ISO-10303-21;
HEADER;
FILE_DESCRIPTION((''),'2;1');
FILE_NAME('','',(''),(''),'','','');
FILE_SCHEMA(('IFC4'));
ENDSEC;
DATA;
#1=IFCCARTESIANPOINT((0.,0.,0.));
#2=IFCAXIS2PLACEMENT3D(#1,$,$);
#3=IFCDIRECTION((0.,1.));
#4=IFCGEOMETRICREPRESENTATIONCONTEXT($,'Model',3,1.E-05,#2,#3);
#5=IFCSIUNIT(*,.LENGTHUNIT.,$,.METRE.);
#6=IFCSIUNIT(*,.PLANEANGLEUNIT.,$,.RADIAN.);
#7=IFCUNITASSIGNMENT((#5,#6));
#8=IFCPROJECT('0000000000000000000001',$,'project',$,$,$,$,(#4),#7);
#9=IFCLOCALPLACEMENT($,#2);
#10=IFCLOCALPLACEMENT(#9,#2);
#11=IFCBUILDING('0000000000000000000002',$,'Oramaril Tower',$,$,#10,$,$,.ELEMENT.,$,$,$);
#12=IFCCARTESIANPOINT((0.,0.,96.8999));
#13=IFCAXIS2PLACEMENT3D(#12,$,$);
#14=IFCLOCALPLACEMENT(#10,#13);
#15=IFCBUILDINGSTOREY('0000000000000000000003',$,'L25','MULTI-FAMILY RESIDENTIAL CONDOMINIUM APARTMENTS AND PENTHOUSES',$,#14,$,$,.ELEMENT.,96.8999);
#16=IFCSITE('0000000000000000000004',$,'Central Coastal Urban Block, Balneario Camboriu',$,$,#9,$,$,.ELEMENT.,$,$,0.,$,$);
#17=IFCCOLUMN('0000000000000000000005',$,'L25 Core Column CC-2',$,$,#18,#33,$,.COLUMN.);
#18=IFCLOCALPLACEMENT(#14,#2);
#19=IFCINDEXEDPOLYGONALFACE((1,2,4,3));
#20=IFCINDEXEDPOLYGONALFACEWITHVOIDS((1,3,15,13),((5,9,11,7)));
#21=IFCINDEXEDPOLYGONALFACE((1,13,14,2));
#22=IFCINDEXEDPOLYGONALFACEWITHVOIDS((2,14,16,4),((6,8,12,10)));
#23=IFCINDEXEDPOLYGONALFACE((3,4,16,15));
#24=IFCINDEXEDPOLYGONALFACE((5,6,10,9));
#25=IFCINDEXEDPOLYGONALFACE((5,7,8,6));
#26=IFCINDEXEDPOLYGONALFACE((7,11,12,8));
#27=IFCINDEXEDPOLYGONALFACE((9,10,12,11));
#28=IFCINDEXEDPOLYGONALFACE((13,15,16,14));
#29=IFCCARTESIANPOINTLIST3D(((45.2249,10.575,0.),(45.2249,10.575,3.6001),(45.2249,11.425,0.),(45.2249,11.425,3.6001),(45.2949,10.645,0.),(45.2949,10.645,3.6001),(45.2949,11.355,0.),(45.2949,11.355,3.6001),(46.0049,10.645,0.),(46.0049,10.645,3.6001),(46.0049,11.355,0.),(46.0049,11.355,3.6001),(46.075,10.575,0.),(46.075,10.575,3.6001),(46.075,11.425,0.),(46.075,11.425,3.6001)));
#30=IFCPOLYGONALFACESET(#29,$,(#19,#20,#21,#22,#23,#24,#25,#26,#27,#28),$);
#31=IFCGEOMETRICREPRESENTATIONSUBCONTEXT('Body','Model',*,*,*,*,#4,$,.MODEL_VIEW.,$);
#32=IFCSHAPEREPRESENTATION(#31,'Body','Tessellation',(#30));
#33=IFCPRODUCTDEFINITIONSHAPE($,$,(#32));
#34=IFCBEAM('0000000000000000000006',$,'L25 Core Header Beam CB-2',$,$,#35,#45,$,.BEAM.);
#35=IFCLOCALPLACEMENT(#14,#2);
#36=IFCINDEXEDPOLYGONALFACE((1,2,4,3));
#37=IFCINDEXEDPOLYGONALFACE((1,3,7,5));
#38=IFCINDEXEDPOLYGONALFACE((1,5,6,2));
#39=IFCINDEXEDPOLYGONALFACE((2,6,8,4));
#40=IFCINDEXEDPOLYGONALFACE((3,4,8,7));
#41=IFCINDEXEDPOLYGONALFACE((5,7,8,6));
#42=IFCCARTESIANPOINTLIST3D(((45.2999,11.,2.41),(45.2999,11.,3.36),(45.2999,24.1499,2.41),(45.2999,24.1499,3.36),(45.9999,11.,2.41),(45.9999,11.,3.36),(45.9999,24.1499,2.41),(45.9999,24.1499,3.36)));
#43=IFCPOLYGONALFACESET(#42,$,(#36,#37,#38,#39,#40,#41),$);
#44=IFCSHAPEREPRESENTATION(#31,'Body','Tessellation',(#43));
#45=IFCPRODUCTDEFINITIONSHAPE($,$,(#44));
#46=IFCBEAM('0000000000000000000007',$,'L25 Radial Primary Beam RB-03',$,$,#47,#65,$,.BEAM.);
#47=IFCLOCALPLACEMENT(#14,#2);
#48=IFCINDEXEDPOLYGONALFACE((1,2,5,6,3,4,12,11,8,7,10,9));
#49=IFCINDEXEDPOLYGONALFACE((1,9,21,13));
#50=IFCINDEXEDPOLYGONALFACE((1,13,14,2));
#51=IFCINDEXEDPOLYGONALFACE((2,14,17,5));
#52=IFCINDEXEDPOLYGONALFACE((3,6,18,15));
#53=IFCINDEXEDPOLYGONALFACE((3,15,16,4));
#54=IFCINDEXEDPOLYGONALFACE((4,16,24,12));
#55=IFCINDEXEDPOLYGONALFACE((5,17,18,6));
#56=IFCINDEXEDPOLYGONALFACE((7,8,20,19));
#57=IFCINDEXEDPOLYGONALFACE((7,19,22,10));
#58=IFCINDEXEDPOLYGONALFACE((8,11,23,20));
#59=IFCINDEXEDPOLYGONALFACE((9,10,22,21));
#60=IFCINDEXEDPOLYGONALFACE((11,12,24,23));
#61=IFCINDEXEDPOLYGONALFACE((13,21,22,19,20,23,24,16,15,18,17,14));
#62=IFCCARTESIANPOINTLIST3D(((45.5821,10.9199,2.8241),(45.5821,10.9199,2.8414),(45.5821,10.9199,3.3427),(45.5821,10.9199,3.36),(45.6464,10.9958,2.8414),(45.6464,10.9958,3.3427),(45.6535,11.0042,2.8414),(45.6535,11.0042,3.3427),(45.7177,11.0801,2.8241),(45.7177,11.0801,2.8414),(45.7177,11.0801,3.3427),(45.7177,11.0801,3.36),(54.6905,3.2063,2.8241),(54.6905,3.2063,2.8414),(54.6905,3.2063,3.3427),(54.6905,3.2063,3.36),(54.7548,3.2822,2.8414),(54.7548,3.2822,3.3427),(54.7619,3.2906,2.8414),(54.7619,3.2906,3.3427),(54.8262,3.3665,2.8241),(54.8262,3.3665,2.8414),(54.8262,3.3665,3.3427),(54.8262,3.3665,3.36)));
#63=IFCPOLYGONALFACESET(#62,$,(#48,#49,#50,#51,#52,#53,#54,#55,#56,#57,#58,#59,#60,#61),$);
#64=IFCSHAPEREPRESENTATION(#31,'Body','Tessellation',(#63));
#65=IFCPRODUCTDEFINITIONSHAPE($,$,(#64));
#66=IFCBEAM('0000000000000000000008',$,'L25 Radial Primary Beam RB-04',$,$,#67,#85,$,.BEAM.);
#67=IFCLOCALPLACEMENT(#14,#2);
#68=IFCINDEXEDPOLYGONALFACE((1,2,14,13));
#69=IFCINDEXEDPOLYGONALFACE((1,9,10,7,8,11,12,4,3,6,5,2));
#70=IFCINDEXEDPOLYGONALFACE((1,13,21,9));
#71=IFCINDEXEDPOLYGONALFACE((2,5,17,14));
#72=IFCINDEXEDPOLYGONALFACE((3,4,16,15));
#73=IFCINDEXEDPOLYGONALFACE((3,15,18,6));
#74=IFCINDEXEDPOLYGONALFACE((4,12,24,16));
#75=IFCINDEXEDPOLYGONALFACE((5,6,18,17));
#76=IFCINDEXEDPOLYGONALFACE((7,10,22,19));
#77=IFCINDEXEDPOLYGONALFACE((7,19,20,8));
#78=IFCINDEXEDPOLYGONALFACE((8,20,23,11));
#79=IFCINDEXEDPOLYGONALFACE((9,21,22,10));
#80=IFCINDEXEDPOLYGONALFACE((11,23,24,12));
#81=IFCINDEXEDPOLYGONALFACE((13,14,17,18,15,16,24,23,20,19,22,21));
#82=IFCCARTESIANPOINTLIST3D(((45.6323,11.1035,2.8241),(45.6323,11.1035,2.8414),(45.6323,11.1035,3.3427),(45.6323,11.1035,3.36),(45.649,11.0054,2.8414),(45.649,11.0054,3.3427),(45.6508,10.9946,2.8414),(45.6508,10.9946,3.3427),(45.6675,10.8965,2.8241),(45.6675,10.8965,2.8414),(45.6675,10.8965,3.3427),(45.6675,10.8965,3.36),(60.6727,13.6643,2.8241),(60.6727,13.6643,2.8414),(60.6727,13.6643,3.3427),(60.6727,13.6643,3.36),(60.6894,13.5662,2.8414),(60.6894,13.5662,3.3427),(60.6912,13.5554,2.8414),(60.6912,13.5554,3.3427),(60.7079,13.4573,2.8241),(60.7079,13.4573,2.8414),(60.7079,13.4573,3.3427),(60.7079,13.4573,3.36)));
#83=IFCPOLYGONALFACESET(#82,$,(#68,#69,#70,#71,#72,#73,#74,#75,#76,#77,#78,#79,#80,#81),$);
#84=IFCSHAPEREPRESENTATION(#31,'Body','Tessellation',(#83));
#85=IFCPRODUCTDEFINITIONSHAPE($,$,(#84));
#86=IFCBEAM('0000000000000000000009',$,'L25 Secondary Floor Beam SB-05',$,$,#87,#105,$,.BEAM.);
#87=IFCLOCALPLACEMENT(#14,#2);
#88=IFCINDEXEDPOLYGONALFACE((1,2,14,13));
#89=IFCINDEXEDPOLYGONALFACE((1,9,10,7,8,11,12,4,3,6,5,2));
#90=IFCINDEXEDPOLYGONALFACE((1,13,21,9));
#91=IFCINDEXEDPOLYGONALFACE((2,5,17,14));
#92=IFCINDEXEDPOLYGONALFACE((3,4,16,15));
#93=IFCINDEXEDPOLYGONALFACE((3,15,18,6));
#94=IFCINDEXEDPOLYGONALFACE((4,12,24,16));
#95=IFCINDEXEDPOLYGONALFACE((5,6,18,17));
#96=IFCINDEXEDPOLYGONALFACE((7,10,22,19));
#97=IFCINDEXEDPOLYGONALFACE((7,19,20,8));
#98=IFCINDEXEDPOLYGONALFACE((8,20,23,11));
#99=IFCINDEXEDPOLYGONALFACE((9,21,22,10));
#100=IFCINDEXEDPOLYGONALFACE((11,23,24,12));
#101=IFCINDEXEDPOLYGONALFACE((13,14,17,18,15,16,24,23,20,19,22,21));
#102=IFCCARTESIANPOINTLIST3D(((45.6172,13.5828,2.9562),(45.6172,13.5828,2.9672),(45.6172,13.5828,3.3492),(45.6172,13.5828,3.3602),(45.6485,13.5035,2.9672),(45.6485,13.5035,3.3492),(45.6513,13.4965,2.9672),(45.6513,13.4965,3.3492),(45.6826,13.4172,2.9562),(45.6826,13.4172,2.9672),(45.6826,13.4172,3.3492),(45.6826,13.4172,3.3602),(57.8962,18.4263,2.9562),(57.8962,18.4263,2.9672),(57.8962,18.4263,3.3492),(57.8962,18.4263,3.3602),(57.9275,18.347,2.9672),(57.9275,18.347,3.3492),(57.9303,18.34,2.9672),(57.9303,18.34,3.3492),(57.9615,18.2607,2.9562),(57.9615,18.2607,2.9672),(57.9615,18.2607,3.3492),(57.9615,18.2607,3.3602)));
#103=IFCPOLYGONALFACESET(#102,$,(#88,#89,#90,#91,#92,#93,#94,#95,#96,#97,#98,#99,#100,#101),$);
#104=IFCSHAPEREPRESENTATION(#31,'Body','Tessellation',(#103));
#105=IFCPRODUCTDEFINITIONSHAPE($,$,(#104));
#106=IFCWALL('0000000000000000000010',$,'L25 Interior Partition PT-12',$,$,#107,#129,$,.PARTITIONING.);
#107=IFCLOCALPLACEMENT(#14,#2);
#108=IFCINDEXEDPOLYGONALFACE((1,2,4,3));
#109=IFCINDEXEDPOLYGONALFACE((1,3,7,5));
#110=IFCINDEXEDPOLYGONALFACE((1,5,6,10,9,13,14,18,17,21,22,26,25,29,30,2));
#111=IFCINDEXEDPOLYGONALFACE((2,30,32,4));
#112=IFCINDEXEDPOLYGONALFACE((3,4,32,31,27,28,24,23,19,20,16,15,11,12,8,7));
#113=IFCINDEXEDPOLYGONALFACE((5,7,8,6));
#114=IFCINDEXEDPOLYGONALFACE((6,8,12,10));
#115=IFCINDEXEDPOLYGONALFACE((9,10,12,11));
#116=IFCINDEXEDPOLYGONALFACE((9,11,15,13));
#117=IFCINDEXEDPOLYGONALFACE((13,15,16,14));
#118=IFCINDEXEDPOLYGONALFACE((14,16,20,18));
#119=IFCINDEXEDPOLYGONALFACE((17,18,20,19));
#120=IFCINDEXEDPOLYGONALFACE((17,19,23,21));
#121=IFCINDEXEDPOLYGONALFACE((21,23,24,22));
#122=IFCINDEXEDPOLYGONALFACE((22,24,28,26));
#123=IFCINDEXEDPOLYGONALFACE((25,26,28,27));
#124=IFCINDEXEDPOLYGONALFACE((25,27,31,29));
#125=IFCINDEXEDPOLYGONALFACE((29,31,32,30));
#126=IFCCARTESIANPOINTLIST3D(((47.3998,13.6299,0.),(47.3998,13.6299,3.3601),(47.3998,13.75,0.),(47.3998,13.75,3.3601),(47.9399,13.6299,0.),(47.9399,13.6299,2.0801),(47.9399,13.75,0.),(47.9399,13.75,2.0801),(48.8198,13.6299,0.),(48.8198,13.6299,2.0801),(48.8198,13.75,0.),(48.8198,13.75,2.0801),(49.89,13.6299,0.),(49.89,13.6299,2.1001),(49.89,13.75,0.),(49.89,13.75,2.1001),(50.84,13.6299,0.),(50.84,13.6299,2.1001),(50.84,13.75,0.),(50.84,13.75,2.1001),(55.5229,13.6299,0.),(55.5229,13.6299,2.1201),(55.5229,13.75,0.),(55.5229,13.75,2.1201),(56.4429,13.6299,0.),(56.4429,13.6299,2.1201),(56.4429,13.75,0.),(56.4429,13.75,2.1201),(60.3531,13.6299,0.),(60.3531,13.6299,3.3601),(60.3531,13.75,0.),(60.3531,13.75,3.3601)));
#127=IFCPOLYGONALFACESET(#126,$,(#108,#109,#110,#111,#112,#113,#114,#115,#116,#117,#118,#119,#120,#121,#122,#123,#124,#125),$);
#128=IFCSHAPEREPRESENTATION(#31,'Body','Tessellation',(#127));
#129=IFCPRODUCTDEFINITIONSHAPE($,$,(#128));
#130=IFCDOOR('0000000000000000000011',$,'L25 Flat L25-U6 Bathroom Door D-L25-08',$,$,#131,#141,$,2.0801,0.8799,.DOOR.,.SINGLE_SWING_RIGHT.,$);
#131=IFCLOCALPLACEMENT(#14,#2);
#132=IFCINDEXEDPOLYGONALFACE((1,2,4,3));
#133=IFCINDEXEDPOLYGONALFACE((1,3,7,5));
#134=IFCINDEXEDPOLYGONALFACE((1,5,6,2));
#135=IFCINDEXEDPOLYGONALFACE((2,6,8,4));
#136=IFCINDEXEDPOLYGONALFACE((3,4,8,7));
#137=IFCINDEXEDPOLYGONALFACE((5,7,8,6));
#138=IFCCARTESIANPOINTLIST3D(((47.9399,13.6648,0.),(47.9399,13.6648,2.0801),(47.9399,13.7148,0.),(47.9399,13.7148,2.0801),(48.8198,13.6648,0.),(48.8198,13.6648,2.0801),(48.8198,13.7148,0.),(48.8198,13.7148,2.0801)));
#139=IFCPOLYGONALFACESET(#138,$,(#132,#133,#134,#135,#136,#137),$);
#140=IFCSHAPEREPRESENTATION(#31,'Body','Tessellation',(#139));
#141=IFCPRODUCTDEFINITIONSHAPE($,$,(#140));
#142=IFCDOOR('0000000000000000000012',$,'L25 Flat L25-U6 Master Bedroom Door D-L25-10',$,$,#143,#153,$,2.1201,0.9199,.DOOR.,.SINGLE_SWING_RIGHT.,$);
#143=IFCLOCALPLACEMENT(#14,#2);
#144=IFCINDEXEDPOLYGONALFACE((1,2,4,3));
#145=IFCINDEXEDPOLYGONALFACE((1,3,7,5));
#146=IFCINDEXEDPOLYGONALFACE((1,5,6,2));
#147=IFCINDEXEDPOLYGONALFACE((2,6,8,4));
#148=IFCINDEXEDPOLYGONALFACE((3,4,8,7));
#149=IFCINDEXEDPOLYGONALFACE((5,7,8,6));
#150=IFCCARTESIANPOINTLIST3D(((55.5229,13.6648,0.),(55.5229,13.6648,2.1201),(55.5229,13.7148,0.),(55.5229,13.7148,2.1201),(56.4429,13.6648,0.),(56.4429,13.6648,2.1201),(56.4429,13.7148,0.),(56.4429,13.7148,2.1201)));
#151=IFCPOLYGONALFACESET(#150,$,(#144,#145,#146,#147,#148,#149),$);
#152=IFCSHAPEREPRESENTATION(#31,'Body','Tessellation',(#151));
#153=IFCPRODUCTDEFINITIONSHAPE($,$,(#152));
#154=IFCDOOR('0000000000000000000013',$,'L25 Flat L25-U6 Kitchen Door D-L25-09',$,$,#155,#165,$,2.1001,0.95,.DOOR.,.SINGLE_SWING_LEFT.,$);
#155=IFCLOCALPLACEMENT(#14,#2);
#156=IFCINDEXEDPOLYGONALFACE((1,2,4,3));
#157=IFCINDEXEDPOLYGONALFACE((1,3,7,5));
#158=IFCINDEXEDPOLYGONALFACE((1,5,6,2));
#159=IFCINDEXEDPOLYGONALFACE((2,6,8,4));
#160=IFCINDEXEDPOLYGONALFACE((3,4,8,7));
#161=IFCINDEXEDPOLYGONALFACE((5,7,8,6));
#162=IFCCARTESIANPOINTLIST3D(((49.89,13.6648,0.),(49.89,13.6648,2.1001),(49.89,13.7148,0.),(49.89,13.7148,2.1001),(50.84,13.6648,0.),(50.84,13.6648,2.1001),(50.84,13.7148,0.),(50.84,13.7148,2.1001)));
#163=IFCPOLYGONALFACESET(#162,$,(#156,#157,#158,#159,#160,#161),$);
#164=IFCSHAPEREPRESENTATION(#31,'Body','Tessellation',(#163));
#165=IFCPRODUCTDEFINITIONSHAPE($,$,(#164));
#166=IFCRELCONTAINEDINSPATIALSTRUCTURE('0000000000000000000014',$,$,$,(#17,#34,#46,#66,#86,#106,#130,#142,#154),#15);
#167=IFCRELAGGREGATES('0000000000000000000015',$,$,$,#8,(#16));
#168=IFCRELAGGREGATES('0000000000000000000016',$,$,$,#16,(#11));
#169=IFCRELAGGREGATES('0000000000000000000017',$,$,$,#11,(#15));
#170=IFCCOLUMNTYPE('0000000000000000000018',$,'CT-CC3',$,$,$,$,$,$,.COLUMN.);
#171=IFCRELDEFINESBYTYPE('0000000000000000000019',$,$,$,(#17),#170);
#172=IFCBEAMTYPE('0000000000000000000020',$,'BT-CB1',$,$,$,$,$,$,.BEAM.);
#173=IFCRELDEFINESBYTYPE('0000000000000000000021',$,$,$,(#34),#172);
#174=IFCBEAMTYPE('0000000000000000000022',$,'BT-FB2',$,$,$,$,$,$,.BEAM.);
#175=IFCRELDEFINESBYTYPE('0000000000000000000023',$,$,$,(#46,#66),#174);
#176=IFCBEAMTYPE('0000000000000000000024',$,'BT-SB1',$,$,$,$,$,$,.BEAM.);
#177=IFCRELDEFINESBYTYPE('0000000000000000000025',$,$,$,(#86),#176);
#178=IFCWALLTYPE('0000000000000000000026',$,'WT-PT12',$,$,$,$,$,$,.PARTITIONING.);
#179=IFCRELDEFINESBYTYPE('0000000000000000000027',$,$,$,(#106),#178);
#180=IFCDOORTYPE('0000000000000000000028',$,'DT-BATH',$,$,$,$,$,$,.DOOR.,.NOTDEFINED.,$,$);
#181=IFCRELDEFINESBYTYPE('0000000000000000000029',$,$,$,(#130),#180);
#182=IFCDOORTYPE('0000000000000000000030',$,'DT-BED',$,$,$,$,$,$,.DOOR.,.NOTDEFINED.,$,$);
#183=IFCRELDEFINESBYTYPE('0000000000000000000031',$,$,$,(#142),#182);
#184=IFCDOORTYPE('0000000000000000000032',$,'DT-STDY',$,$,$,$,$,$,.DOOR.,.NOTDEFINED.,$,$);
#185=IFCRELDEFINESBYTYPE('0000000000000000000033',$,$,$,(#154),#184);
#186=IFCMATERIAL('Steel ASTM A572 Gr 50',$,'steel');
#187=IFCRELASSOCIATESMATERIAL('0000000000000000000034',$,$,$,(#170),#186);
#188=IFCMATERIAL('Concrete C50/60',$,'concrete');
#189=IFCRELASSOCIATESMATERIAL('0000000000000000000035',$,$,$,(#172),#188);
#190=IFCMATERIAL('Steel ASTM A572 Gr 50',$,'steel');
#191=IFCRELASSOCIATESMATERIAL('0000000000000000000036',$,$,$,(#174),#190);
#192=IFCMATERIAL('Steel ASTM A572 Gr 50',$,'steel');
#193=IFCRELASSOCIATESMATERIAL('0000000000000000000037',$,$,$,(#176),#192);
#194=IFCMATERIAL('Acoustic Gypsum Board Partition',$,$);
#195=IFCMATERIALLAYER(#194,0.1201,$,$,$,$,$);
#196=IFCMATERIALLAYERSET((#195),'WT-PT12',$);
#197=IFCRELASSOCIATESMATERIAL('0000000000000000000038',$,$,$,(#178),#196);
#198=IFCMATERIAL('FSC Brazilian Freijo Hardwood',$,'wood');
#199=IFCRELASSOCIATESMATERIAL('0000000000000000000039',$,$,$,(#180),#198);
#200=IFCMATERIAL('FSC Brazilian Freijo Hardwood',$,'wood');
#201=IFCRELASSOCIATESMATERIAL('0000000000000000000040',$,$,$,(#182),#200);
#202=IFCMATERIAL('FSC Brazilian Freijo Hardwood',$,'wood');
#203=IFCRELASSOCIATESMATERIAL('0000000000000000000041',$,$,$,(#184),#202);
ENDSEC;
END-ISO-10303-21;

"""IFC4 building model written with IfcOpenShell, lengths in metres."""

from ifc_helpers import new_model, si_unit, direction, frame, frame_2d, origin, origin_2d, place, context, subcontext, project, spatial, rectangle, hollow_rectangle, i_section, extrude, material, layer, layer_set, material_profile, profile_set, type_object, element, fill, save


model = new_model("IFC4")

# Units and contexts
model_context = context("Model", 3, precision=1e-05, world=origin(), true_north=direction((0.0, 1.0)))
body_context = subcontext(model_context, "Body", "Model", "MODEL_VIEW")
ifc_project = project(units=[si_unit("LENGTHUNIT", "METRE"), si_unit("PLANEANGLEUNIT", "RADIAN")], contexts=[model_context])

# Site, building, storey
site_placement = place(None, origin())
site = spatial("IfcSite", under=ifc_project, at=site_placement, Name="Central Coastal Urban Block, Balneario Camboriu", CompositionType="ELEMENT", RefElevation=0.0)
building_placement = place(site_placement, origin())
building = spatial("IfcBuilding", under=site, at=building_placement, Name="Oramaril Tower", CompositionType="ELEMENT")
storey_placement = place(building_placement, frame((0.0, 0.0, 96.8999)))
storey = spatial("IfcBuildingStorey", under=building, at=storey_placement, Name="L25", Description="MULTI-FAMILY RESIDENTIAL CONDOMINIUM APARTMENTS AND PENTHOUSES", CompositionType="ELEMENT", Elevation=96.8999)

# Column
ifc_material_1 = material(Name="Steel ASTM A572 Gr 50", Category="steel")
ifc_material_profile_1 = material_profile(ifc_material_1, hollow_rectangle(XDim=0.8501, YDim=0.8501, WallThickness=0.0701, at=origin_2d()), Name="BOX850X850X70")
ifc_profile_set_1 = profile_set([ifc_material_profile_1], Name="Steel ASTM A572 Gr 50")
column_type = type_object("IfcColumnType", Name="CT-CC3", PredefinedType="COLUMN", material=ifc_profile_set_1)
column_placement = place(storey_placement, frame((45.6499, 11.0, 0.0), z_axis=(0.0, 0.0, 1.0), x_axis=(1.0, 0.0, 0.0)))
element("IfcColumn", 1, at=column_placement, inside=storey, type_object=column_type, Name="L25 Core Column CC-2", PredefinedType="COLUMN", context=body_context, shape_type="SweptSolid", body=[
    extrude(hollow_rectangle(XDim=0.8501, YDim=0.8501, WallThickness=0.0701, at=origin_2d()), origin(), (0.0, 0.0, 1.0), 3.6001),
])

# Beams
ifc_material_2 = material(Name="Concrete C50/60", Category="concrete")
ifc_material_profile_2 = material_profile(ifc_material_2, rectangle(XDim=0.7, YDim=0.95, at=origin_2d()), Name="CB700X950")
ifc_profile_set_2 = profile_set([ifc_material_profile_2], Name="Concrete C50/60")
beam_type_1 = type_object("IfcBeamType", Name="BT-CB1", PredefinedType="BEAM", material=ifc_profile_set_2)
beam_1_placement = place(storey_placement, frame((45.6499, 11.0, 2.885), z_axis=(0.0, 1.0, 0.0), x_axis=(-1.0, 0.0, 0.0)))
element("IfcBeam", 2, at=beam_1_placement, inside=storey, type_object=beam_type_1, Name="L25 Core Header Beam CB-2", PredefinedType="BEAM", context=body_context, shape_type="SweptSolid", body=[
    extrude(rectangle(XDim=0.7, YDim=0.95, at=origin_2d()), origin(), (0.0, 0.0, 1.0), 13.1499),
])
ifc_material_3 = material(Name="Steel ASTM A572 Gr 50", Category="steel")
ifc_material_profile_3 = material_profile(ifc_material_3, i_section(OverallWidth=0.21, OverallDepth=0.5359, WebThickness=0.011, FlangeThickness=0.0173, at=origin_2d()), Name="W21X68")
ifc_profile_set_3 = profile_set([ifc_material_profile_3], Name="Steel ASTM A572 Gr 50")
beam_type_2 = type_object("IfcBeamType", Name="BT-FB2", PredefinedType="BEAM", material=ifc_profile_set_3)
beam_2_placement = place(storey_placement, frame((45.6499, 11.0, 3.092), z_axis=(0.763117, -0.64626, 0.0), x_axis=(0.64626, 0.763117, 0.0)))
element("IfcBeam", 3, at=beam_2_placement, inside=storey, type_object=beam_type_2, Name="L25 Radial Primary Beam RB-03", PredefinedType="BEAM", context=body_context, shape_type="SweptSolid", body=[
    extrude(i_section(OverallWidth=0.21, OverallDepth=0.5359, WebThickness=0.011, FlangeThickness=0.0173, at=origin_2d()), origin(), (0.0, 0.0, 1.0), 11.9358),
])
beam_3_placement = place(storey_placement, frame((45.6499, 11.0, 3.092), z_axis=(0.985813, 0.167847, 0.0), x_axis=(-0.167847, 0.985813, 0.0)))
element("IfcBeam", 4, at=beam_3_placement, inside=storey, type_object=beam_type_2, Name="L25 Radial Primary Beam RB-04", PredefinedType="BEAM", context=body_context, shape_type="SweptSolid", body=[
    extrude(i_section(OverallWidth=0.21, OverallDepth=0.5359, WebThickness=0.011, FlangeThickness=0.0173, at=origin_2d()), origin(), (0.0, 0.0, 1.0), 15.2568),
])
ifc_material_4 = material(Name="Steel ASTM A572 Gr 50", Category="steel")
ifc_material_profile_4 = material_profile(ifc_material_4, i_section(OverallWidth=0.178, OverallDepth=0.4041, WebThickness=0.0076, FlangeThickness=0.011, at=origin_2d()), Name="W16X36")
ifc_profile_set_4 = profile_set([ifc_material_profile_4], Name="Steel ASTM A572 Gr 50")
beam_type_3 = type_object("IfcBeamType", Name="BT-SB1", PredefinedType="BEAM", material=ifc_profile_set_4)
beam_4_placement = place(storey_placement, frame((45.6499, 13.5, 3.1582), z_axis=(0.930245, 0.366938, 0.0), x_axis=(-0.366938, 0.930245, 0.0)))
element("IfcBeam", 5, at=beam_4_placement, inside=storey, type_object=beam_type_3, Name="L25 Secondary Floor Beam SB-05", PredefinedType="BEAM", context=body_context, shape_type="SweptSolid", body=[
    extrude(i_section(OverallWidth=0.178, OverallDepth=0.4041, WebThickness=0.0076, FlangeThickness=0.011, at=origin_2d()), origin(), (0.0, 0.0, 1.0), 13.1997),
])

# Wall, openings, doors
ifc_material_5 = material(Name="Acoustic Gypsum Board Partition")
ifc_layer_1 = layer(ifc_material_5, 0.1201)
ifc_layer_set_1 = layer_set([ifc_layer_1], Name="WT-PT12")
wall_type_1 = type_object("IfcWallType", Name="WT-PT12", PredefinedType="PARTITIONING", material=ifc_layer_set_1)
wall_1_placement = place(storey_placement, frame((47.3999, 13.6899, 0.0), z_axis=(0.0, 0.0, 1.0), x_axis=(1.0, 0.0, 0.0)))
wall_1 = element("IfcWall", 6, at=wall_1_placement, inside=storey, type_object=wall_type_1, Name="L25 Interior Partition PT-12", PredefinedType="PARTITIONING", context=body_context, shape_type="SweptSolid", body=[
    extrude(rectangle(XDim=12.9534, YDim=0.1201, at=frame_2d((6.4766, 0.0))), origin(), (0.0, 0.0, 1.0), 3.3601),
])
opening_1_placement = place(wall_1_placement, frame((0.54, 0.0, 0.0)))
opening_1 = element("IfcOpeningElement", 7, at=opening_1_placement, cuts=wall_1, PredefinedType="OPENING", context=body_context, shape_type="SweptSolid", body=[
    extrude(rectangle(XDim=0.8799, YDim=2.0801, at=frame_2d((0.4399, 1.04))), frame((0.0, 0.0601, 0.0), z_axis=(0.0, -1.0, 0.0), x_axis=(1.0, 0.0, 0.0)), (0.0, 0.0, 1.0), 0.1201),
])
opening_2_placement = place(wall_1_placement, frame((2.49, 0.0, 0.0)))
opening_2 = element("IfcOpeningElement", 8, at=opening_2_placement, cuts=wall_1, PredefinedType="OPENING", context=body_context, shape_type="SweptSolid", body=[
    extrude(rectangle(XDim=0.95, YDim=2.1001, at=frame_2d((0.4751, 1.05))), frame((0.0, 0.0601, 0.0), z_axis=(0.0, -1.0, 0.0), x_axis=(1.0, 0.0, 0.0)), (0.0, 0.0, 1.0), 0.1201),
])
opening_3_placement = place(wall_1_placement, frame((8.123, 0.0, 0.0)))
opening_3 = element("IfcOpeningElement", 9, at=opening_3_placement, cuts=wall_1, PredefinedType="OPENING", context=body_context, shape_type="SweptSolid", body=[
    extrude(rectangle(XDim=0.9199, YDim=2.1201, at=frame_2d((0.46, 1.0601))), frame((0.0, 0.0601, 0.0), z_axis=(0.0, -1.0, 0.0), x_axis=(1.0, 0.0, 0.0)), (0.0, 0.0, 1.0), 0.1201),
])
ifc_material_6 = material(Name="FSC Brazilian Freijo Hardwood", Category="wood")
door_type_1 = type_object("IfcDoorType", Name="DT-BATH", OperationType="NOTDEFINED", PredefinedType="DOOR", material=ifc_material_6)
door_1_placement = place(opening_1_placement, origin())
door_1 = element("IfcDoor", 10, at=door_1_placement, inside=storey, type_object=door_type_1, Name="L25 Flat L25-U6 Bathroom Door D-L25-08", OperationType="SINGLE_SWING_RIGHT", OverallHeight=2.0801, OverallWidth=0.8799, PredefinedType="DOOR", context=body_context, shape_type="SweptSolid", body=[
    extrude(rectangle(XDim=0.8799, YDim=2.0801, at=frame_2d((0.4399, 1.04))), frame((0.0, 0.0249, 0.0), z_axis=(0.0, -1.0, 0.0), x_axis=(1.0, 0.0, 0.0)), (0.0, 0.0, 1.0), 0.05),
])
fill(opening_1, door_1)
ifc_material_7 = material(Name="FSC Brazilian Freijo Hardwood", Category="wood")
door_type_2 = type_object("IfcDoorType", Name="DT-BED", OperationType="NOTDEFINED", PredefinedType="DOOR", material=ifc_material_7)
door_2_placement = place(opening_3_placement, origin())
door_2 = element("IfcDoor", 11, at=door_2_placement, inside=storey, type_object=door_type_2, Name="L25 Flat L25-U6 Master Bedroom Door D-L25-10", OperationType="SINGLE_SWING_RIGHT", OverallHeight=2.1201, OverallWidth=0.9199, PredefinedType="DOOR", context=body_context, shape_type="SweptSolid", body=[
    extrude(rectangle(XDim=0.9199, YDim=2.1201, at=frame_2d((0.46, 1.0601))), frame((0.0, 0.0249, 0.0), z_axis=(0.0, -1.0, 0.0), x_axis=(1.0, 0.0, 0.0)), (0.0, 0.0, 1.0), 0.05),
])
fill(opening_3, door_2)
ifc_material_8 = material(Name="FSC Brazilian Freijo Hardwood", Category="wood")
door_type_3 = type_object("IfcDoorType", Name="DT-STDY", OperationType="NOTDEFINED", PredefinedType="DOOR", material=ifc_material_8)
door_3_placement = place(opening_2_placement, origin())
door_3 = element("IfcDoor", 12, at=door_3_placement, inside=storey, type_object=door_type_3, Name="L25 Flat L25-U6 Kitchen Door D-L25-09", OperationType="SINGLE_SWING_LEFT", OverallHeight=2.1001, OverallWidth=0.95, PredefinedType="DOOR", context=body_context, shape_type="SweptSolid", body=[
    extrude(rectangle(XDim=0.95, YDim=2.1001, at=frame_2d((0.4751, 1.05))), frame((0.0, 0.0249, 0.0), z_axis=(0.0, -1.0, 0.0), x_axis=(1.0, 0.0, 0.0)), (0.0, 0.0, 1.0), 0.05),
])
fill(opening_2, door_3)

save(model, "model.ifc")
